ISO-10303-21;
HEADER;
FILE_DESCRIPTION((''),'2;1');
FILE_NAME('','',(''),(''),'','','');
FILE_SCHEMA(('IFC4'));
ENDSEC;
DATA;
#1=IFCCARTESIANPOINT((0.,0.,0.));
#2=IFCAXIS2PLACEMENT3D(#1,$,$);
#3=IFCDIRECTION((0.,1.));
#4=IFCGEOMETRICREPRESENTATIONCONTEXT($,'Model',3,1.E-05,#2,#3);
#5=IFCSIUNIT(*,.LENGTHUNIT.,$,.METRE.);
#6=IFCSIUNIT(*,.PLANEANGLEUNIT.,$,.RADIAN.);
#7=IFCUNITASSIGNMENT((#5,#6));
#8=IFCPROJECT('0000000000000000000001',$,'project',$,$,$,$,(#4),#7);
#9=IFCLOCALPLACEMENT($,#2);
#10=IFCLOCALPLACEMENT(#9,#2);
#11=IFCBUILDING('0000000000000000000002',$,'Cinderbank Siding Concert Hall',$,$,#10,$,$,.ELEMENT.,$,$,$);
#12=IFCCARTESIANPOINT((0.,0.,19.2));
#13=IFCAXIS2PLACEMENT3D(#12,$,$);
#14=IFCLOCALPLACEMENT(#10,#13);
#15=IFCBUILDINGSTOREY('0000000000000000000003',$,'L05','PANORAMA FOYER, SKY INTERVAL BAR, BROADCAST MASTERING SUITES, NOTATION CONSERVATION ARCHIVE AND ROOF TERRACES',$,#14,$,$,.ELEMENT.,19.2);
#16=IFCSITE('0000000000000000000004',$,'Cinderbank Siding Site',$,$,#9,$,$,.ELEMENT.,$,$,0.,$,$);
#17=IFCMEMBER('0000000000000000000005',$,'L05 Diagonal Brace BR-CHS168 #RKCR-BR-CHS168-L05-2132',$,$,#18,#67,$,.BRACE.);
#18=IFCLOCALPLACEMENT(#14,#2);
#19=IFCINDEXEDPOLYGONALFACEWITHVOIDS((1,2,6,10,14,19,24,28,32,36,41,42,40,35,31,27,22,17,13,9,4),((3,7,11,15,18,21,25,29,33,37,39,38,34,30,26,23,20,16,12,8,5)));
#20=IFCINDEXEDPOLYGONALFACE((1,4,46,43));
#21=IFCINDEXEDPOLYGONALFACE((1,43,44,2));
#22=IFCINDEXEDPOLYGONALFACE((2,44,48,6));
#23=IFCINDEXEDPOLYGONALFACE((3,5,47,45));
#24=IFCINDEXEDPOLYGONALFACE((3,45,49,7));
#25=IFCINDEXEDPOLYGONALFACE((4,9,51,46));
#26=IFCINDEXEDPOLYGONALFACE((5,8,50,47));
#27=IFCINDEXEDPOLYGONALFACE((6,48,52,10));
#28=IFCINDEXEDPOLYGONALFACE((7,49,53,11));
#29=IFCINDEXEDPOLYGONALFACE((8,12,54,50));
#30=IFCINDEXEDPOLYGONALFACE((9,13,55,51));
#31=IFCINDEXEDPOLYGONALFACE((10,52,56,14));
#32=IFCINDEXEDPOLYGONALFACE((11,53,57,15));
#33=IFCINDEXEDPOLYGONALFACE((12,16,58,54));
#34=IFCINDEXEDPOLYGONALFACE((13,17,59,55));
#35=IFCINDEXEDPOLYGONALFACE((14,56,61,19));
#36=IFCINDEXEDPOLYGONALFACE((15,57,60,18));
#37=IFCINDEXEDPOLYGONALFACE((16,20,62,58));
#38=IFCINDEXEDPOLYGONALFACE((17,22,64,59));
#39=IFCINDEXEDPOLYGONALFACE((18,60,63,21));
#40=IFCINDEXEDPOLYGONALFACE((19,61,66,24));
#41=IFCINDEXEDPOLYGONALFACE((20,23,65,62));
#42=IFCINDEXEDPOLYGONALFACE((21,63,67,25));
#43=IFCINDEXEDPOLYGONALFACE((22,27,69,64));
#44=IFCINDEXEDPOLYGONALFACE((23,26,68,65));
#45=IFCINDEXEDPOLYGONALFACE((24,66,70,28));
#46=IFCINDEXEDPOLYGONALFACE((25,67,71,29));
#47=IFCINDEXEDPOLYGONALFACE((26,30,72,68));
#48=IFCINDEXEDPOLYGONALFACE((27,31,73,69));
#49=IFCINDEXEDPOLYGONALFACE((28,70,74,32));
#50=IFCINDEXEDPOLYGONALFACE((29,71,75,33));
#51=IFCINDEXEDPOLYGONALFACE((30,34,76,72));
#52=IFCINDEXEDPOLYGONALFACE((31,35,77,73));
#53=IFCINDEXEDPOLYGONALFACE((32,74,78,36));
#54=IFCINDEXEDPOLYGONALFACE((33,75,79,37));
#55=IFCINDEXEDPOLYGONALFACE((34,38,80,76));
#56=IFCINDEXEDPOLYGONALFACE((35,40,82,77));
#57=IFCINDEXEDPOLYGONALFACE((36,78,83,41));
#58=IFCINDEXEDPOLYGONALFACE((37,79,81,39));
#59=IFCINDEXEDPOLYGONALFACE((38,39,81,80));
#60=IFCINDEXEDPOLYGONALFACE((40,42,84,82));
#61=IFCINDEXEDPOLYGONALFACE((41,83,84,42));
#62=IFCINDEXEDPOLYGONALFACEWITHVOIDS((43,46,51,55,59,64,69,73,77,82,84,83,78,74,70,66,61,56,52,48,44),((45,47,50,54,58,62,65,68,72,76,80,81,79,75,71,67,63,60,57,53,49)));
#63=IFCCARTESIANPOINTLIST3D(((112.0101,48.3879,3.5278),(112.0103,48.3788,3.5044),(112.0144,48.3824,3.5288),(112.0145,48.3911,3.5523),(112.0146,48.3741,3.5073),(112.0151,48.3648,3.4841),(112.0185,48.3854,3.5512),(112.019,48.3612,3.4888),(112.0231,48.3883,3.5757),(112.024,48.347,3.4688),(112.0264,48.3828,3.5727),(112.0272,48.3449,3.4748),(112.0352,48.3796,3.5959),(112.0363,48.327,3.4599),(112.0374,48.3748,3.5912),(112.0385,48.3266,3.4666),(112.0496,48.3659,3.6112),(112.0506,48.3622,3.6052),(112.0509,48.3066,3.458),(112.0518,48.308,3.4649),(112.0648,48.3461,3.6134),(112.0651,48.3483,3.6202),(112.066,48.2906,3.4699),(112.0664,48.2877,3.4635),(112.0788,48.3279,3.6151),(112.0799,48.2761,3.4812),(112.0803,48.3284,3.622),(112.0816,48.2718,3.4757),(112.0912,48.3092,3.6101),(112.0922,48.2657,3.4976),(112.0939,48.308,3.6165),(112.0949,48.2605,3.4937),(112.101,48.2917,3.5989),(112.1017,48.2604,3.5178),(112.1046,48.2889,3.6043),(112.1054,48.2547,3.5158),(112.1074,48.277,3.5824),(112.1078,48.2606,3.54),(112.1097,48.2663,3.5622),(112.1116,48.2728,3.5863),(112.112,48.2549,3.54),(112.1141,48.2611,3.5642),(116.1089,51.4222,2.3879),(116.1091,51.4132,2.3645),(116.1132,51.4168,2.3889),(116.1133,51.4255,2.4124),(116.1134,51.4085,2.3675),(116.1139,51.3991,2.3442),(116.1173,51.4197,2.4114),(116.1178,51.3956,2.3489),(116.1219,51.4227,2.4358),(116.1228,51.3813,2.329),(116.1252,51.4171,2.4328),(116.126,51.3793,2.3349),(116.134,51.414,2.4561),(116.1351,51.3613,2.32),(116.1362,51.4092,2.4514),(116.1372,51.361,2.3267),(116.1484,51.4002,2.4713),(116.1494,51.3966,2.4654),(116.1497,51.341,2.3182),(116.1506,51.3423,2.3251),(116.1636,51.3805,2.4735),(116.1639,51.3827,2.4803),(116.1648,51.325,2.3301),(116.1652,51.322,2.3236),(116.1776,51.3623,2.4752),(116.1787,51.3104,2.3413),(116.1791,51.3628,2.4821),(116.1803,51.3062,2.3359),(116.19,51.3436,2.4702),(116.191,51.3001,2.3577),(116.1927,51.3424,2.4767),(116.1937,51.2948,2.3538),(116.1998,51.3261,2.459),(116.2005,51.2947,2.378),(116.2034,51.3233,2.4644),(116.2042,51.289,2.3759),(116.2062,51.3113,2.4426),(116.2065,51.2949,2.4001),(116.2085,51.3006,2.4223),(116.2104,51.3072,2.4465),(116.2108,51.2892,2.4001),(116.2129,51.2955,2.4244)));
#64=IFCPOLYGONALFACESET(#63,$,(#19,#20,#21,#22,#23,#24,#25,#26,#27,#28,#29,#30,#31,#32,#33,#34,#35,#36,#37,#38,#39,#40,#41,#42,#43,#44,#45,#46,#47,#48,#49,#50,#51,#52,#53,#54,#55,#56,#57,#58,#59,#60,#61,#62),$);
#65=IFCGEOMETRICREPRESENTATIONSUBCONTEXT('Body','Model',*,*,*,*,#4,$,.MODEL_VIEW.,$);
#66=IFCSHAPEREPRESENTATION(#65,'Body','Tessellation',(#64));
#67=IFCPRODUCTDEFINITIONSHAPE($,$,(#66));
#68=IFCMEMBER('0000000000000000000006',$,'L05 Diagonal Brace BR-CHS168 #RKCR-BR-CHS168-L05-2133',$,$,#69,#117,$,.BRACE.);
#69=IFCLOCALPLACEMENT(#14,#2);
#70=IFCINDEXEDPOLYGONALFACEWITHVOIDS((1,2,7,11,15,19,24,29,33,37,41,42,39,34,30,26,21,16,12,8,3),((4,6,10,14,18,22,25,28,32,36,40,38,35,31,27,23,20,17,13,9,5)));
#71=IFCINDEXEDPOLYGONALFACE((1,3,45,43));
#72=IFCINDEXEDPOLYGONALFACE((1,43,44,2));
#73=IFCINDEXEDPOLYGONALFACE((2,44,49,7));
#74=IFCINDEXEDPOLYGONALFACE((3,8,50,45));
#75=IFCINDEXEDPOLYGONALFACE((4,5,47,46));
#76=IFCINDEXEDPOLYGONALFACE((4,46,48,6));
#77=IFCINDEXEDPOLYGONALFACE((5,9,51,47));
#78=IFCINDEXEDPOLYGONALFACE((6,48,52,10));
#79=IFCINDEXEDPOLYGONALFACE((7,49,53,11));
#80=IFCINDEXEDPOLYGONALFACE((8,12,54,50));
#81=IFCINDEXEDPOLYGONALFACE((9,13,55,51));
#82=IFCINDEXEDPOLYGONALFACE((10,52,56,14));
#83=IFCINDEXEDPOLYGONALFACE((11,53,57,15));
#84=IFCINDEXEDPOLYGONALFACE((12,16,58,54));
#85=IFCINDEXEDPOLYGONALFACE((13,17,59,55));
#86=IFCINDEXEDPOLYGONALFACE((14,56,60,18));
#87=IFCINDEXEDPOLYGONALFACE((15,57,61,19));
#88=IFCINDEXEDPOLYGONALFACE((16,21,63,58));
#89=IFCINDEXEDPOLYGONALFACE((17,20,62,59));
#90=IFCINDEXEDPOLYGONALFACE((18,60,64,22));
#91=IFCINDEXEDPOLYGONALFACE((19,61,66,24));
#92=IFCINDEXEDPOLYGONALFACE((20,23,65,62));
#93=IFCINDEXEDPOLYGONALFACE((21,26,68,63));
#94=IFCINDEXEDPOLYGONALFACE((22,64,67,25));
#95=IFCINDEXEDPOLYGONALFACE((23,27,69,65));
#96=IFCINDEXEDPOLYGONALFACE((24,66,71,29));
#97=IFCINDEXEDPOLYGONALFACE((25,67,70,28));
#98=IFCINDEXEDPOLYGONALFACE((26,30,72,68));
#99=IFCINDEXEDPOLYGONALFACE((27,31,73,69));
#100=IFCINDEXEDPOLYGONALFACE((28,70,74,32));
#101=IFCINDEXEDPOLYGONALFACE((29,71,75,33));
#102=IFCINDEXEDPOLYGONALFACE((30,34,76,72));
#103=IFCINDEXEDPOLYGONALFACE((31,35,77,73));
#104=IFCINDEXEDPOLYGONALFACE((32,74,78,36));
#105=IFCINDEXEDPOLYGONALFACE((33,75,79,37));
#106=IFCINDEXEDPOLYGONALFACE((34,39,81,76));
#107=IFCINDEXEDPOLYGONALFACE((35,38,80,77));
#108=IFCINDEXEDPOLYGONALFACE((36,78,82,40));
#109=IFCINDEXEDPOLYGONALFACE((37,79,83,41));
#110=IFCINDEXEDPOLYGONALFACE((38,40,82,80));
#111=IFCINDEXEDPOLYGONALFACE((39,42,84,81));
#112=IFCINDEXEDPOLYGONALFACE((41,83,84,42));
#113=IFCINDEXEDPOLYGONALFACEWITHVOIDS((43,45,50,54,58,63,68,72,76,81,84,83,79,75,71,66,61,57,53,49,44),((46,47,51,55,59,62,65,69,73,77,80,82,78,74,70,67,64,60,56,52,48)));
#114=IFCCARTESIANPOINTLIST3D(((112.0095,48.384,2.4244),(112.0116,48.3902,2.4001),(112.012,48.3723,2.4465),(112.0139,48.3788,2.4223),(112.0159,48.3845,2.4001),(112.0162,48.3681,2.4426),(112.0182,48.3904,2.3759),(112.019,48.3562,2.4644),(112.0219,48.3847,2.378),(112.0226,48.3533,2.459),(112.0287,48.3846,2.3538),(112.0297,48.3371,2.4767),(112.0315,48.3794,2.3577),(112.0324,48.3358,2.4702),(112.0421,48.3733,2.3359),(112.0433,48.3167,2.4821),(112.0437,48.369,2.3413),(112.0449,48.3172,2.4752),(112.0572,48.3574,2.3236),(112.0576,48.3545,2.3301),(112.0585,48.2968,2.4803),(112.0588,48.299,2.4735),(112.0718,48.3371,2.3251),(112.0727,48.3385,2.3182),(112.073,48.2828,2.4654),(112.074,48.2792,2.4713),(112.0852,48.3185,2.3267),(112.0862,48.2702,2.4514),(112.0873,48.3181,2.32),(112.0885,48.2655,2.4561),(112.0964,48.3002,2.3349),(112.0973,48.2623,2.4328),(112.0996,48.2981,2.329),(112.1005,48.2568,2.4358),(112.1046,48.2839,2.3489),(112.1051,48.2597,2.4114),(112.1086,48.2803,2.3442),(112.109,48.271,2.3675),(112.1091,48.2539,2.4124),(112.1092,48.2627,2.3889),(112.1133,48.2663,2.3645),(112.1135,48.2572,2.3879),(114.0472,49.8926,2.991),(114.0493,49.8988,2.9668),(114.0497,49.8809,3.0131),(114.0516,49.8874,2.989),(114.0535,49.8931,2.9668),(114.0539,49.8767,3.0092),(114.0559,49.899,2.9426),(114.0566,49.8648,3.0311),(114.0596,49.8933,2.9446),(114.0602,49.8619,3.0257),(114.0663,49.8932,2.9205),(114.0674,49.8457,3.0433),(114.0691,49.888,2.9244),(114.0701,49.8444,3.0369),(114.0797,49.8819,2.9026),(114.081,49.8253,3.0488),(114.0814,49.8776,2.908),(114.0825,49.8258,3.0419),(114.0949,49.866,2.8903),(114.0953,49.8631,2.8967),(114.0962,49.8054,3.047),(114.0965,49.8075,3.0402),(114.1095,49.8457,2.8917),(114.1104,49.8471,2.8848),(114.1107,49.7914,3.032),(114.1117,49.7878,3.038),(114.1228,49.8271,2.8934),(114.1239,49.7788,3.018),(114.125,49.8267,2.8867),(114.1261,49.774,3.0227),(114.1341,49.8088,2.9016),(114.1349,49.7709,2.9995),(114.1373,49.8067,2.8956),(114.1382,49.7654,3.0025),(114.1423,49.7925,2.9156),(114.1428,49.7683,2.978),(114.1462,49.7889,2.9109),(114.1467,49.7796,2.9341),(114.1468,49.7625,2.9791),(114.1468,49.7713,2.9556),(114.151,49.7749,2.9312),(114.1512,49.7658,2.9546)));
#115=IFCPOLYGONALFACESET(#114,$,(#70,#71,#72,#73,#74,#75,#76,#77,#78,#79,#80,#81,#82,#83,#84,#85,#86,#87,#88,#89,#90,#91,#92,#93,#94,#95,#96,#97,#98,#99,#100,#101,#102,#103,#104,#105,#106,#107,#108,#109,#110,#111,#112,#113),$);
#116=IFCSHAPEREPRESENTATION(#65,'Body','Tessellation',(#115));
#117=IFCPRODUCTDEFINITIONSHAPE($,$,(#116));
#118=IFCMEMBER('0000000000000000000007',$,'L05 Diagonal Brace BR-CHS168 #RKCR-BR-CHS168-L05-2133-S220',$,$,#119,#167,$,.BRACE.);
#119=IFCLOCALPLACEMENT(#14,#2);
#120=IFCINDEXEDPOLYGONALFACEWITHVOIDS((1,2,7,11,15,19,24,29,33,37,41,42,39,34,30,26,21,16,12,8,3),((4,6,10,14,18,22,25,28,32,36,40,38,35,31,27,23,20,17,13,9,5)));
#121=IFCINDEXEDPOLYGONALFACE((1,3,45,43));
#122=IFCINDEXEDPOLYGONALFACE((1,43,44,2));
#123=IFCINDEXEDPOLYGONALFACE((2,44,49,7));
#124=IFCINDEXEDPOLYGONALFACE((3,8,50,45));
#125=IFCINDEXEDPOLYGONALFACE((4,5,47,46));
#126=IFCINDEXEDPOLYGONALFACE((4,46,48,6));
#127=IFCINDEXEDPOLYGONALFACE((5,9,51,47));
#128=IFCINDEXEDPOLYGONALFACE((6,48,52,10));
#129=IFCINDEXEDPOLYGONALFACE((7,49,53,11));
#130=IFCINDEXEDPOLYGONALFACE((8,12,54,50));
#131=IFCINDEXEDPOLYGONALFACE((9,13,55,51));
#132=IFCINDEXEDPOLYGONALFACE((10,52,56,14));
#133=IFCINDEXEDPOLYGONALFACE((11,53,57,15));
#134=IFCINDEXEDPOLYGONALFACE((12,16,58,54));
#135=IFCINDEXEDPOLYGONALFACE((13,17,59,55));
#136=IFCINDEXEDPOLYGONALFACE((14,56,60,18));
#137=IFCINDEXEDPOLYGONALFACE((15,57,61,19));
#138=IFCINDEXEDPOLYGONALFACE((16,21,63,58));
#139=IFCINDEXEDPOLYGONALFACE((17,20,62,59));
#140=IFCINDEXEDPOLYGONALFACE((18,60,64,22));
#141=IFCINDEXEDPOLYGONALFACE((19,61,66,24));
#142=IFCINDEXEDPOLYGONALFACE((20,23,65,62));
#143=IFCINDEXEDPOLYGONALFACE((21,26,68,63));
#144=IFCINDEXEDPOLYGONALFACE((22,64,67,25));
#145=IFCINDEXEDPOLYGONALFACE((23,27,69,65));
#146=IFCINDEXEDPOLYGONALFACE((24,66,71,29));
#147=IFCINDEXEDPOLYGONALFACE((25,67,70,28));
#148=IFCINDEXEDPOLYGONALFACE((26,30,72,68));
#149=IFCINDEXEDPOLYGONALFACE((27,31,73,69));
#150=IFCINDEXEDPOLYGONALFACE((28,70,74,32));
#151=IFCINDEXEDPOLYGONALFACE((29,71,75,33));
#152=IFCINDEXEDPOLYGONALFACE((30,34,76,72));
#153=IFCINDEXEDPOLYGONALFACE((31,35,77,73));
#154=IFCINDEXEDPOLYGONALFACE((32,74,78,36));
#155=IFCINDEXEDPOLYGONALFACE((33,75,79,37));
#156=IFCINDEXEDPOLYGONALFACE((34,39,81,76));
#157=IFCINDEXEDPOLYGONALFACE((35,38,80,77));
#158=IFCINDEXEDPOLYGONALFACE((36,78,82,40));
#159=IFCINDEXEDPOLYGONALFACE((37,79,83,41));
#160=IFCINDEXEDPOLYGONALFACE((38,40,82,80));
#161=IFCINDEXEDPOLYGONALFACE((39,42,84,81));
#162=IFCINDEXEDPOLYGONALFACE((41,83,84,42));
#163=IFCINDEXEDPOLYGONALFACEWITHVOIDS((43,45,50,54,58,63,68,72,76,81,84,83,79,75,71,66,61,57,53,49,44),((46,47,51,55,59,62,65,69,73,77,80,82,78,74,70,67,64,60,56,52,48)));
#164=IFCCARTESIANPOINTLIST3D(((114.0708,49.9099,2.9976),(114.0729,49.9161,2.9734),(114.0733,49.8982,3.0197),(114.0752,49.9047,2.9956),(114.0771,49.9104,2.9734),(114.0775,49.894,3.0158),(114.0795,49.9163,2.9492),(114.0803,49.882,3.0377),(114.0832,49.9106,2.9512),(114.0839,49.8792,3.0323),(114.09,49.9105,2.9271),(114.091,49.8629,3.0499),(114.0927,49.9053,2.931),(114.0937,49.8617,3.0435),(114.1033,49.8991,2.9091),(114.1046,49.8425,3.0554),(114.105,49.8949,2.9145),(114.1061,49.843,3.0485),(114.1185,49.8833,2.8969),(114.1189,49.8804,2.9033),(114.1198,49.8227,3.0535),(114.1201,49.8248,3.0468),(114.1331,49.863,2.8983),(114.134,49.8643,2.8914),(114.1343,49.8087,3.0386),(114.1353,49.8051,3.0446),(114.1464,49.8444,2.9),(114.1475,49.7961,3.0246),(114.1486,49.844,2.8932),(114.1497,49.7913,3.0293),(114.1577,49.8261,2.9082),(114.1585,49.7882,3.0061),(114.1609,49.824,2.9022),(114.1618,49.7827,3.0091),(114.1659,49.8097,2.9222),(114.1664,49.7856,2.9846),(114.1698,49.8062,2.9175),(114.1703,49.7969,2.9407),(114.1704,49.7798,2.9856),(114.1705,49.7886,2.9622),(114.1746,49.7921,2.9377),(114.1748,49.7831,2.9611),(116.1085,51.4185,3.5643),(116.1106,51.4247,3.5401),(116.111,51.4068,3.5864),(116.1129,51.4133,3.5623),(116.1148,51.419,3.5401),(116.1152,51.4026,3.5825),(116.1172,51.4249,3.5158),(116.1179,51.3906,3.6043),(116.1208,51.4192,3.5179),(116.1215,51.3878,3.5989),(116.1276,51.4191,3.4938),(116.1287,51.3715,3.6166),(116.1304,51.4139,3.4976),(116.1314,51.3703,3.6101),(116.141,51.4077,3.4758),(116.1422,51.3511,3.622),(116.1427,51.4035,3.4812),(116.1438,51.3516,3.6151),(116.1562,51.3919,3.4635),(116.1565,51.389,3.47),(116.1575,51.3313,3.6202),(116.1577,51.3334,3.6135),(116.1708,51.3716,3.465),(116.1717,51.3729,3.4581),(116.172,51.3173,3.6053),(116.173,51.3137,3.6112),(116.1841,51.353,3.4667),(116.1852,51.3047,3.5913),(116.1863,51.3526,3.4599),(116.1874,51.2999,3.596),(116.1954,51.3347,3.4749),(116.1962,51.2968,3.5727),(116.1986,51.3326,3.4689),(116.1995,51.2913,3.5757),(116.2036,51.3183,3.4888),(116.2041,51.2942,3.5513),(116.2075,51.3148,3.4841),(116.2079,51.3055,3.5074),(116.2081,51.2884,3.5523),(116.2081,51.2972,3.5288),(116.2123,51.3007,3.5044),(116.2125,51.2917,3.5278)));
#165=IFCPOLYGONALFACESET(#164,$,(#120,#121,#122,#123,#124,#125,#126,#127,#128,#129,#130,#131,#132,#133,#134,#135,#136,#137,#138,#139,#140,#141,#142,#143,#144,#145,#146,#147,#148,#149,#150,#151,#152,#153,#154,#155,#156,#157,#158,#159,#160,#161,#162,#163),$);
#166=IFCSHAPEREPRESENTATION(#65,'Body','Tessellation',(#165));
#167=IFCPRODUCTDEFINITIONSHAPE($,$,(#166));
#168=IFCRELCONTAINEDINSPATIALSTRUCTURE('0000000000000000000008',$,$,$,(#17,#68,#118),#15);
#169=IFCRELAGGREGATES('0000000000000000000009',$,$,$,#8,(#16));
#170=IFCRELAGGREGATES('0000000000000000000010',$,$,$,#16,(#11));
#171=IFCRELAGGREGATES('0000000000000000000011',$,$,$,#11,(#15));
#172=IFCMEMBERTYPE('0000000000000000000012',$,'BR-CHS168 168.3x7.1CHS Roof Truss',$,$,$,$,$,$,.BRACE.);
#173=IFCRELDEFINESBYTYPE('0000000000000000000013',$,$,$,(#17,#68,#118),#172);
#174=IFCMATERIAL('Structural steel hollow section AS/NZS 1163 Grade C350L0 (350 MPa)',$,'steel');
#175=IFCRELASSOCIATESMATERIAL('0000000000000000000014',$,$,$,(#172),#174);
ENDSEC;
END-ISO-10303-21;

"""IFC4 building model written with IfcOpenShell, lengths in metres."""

from ifc_helpers import new_model, si_unit, direction, frame, origin, origin_2d, place, context, subcontext, project, spatial, hollow_circle, extrude, material, material_profile, profile_set, type_object, element, save


model = new_model("IFC4")

# Units and contexts
model_context = context("Model", 3, precision=1e-05, world=origin(), true_north=direction((0.0, 1.0)))
body_context = subcontext(model_context, "Body", "Model", "MODEL_VIEW")
ifc_project = project(units=[si_unit("LENGTHUNIT", "METRE"), si_unit("PLANEANGLEUNIT", "RADIAN")], contexts=[model_context])

# Site, building, storey
site_placement = place(None, origin())
site = spatial("IfcSite", under=ifc_project, at=site_placement, Name="Cinderbank Siding Site", CompositionType="ELEMENT", RefElevation=0.0)
building_placement = place(site_placement, origin())
building = spatial("IfcBuilding", under=site, at=building_placement, Name="Cinderbank Siding Concert Hall", CompositionType="ELEMENT")
storey_placement = place(building_placement, frame((0.0, 0.0, 19.2)))
storey = spatial("IfcBuildingStorey", under=building, at=storey_placement, Name="L05", Description="PANORAMA FOYER, SKY INTERVAL BAR, BROADCAST MASTERING SUITES, NOTATION CONSERVATION ARCHIVE AND ROOF TERRACES", CompositionType="ELEMENT", Elevation=19.2)

# Shared definitions
ifc_material_1 = material(Name="Structural steel hollow section AS/NZS 1163 Grade C350L0 (350 MPa)", Category="steel")

# Members
ifc_material_profile_1 = material_profile(ifc_material_1, hollow_circle(Radius=0.0842, WallThickness=0.0071, at=origin_2d()), Name="168.3x7.1CHS", Category="LoadBearing")
ifc_profile_set_1 = profile_set([ifc_material_profile_1], Name="Structural steel hollow section AS/NZS 1163 Grade C350L0 (350 MPa)")
member_type_1 = type_object("IfcMemberType", Name="BR-CHS168 168.3x7.1CHS Roof Truss", PredefinedType="BRACE", material=ifc_profile_set_1)
member_1_placement = place(storey_placement, frame((116.1606, 51.3569, 2.4001), z_axis=(-0.78437, -0.580674, 0.218132), x_axis=(0.595002, -0.803724, 0.0)))
element("IfcMember", 1, at=member_1_placement, inside=storey, type_object=member_type_1, Name="L05 Diagonal Brace BR-CHS168 #RKCR-BR-CHS168-L05-2132", PredefinedType="BRACE", context=body_context, shape_type="SweptSolid", body=[
    extrude(hollow_circle(Radius=0.0842, WallThickness=0.0071, at=origin_2d()), origin(), (0.0, 0.0, 1.0), 5.2256),
])
for number, where, z_axis, x_axis, name in (
    (2, (112.0618, 48.3225, 2.4001), (0.784353, 0.580699, 0.218126), (-0.595027, 0.803706, 0.0), "L05 Diagonal Brace BR-CHS168 #RKCR-BR-CHS168-L05-2133"),
    (3, (114.123, 49.8484, 2.9734), (0.784353, 0.580699, 0.218126), (-0.595027, 0.803706, 0.0), "L05 Diagonal Brace BR-CHS168 #RKCR-BR-CHS168-L05-2133-S220"),
):
    element("IfcMember", number, at=place(storey_placement, frame(where, z_axis=z_axis, x_axis=x_axis)), inside=storey, type_object=member_type_1, Name=name, PredefinedType="BRACE", context=body_context, shape_type="SweptSolid", body=[
        extrude(hollow_circle(Radius=0.0842, WallThickness=0.0071, at=origin_2d()), origin(), (0.0, 0.0, 1.0), 2.5979),
    ])

save(model, "model.ifc")
